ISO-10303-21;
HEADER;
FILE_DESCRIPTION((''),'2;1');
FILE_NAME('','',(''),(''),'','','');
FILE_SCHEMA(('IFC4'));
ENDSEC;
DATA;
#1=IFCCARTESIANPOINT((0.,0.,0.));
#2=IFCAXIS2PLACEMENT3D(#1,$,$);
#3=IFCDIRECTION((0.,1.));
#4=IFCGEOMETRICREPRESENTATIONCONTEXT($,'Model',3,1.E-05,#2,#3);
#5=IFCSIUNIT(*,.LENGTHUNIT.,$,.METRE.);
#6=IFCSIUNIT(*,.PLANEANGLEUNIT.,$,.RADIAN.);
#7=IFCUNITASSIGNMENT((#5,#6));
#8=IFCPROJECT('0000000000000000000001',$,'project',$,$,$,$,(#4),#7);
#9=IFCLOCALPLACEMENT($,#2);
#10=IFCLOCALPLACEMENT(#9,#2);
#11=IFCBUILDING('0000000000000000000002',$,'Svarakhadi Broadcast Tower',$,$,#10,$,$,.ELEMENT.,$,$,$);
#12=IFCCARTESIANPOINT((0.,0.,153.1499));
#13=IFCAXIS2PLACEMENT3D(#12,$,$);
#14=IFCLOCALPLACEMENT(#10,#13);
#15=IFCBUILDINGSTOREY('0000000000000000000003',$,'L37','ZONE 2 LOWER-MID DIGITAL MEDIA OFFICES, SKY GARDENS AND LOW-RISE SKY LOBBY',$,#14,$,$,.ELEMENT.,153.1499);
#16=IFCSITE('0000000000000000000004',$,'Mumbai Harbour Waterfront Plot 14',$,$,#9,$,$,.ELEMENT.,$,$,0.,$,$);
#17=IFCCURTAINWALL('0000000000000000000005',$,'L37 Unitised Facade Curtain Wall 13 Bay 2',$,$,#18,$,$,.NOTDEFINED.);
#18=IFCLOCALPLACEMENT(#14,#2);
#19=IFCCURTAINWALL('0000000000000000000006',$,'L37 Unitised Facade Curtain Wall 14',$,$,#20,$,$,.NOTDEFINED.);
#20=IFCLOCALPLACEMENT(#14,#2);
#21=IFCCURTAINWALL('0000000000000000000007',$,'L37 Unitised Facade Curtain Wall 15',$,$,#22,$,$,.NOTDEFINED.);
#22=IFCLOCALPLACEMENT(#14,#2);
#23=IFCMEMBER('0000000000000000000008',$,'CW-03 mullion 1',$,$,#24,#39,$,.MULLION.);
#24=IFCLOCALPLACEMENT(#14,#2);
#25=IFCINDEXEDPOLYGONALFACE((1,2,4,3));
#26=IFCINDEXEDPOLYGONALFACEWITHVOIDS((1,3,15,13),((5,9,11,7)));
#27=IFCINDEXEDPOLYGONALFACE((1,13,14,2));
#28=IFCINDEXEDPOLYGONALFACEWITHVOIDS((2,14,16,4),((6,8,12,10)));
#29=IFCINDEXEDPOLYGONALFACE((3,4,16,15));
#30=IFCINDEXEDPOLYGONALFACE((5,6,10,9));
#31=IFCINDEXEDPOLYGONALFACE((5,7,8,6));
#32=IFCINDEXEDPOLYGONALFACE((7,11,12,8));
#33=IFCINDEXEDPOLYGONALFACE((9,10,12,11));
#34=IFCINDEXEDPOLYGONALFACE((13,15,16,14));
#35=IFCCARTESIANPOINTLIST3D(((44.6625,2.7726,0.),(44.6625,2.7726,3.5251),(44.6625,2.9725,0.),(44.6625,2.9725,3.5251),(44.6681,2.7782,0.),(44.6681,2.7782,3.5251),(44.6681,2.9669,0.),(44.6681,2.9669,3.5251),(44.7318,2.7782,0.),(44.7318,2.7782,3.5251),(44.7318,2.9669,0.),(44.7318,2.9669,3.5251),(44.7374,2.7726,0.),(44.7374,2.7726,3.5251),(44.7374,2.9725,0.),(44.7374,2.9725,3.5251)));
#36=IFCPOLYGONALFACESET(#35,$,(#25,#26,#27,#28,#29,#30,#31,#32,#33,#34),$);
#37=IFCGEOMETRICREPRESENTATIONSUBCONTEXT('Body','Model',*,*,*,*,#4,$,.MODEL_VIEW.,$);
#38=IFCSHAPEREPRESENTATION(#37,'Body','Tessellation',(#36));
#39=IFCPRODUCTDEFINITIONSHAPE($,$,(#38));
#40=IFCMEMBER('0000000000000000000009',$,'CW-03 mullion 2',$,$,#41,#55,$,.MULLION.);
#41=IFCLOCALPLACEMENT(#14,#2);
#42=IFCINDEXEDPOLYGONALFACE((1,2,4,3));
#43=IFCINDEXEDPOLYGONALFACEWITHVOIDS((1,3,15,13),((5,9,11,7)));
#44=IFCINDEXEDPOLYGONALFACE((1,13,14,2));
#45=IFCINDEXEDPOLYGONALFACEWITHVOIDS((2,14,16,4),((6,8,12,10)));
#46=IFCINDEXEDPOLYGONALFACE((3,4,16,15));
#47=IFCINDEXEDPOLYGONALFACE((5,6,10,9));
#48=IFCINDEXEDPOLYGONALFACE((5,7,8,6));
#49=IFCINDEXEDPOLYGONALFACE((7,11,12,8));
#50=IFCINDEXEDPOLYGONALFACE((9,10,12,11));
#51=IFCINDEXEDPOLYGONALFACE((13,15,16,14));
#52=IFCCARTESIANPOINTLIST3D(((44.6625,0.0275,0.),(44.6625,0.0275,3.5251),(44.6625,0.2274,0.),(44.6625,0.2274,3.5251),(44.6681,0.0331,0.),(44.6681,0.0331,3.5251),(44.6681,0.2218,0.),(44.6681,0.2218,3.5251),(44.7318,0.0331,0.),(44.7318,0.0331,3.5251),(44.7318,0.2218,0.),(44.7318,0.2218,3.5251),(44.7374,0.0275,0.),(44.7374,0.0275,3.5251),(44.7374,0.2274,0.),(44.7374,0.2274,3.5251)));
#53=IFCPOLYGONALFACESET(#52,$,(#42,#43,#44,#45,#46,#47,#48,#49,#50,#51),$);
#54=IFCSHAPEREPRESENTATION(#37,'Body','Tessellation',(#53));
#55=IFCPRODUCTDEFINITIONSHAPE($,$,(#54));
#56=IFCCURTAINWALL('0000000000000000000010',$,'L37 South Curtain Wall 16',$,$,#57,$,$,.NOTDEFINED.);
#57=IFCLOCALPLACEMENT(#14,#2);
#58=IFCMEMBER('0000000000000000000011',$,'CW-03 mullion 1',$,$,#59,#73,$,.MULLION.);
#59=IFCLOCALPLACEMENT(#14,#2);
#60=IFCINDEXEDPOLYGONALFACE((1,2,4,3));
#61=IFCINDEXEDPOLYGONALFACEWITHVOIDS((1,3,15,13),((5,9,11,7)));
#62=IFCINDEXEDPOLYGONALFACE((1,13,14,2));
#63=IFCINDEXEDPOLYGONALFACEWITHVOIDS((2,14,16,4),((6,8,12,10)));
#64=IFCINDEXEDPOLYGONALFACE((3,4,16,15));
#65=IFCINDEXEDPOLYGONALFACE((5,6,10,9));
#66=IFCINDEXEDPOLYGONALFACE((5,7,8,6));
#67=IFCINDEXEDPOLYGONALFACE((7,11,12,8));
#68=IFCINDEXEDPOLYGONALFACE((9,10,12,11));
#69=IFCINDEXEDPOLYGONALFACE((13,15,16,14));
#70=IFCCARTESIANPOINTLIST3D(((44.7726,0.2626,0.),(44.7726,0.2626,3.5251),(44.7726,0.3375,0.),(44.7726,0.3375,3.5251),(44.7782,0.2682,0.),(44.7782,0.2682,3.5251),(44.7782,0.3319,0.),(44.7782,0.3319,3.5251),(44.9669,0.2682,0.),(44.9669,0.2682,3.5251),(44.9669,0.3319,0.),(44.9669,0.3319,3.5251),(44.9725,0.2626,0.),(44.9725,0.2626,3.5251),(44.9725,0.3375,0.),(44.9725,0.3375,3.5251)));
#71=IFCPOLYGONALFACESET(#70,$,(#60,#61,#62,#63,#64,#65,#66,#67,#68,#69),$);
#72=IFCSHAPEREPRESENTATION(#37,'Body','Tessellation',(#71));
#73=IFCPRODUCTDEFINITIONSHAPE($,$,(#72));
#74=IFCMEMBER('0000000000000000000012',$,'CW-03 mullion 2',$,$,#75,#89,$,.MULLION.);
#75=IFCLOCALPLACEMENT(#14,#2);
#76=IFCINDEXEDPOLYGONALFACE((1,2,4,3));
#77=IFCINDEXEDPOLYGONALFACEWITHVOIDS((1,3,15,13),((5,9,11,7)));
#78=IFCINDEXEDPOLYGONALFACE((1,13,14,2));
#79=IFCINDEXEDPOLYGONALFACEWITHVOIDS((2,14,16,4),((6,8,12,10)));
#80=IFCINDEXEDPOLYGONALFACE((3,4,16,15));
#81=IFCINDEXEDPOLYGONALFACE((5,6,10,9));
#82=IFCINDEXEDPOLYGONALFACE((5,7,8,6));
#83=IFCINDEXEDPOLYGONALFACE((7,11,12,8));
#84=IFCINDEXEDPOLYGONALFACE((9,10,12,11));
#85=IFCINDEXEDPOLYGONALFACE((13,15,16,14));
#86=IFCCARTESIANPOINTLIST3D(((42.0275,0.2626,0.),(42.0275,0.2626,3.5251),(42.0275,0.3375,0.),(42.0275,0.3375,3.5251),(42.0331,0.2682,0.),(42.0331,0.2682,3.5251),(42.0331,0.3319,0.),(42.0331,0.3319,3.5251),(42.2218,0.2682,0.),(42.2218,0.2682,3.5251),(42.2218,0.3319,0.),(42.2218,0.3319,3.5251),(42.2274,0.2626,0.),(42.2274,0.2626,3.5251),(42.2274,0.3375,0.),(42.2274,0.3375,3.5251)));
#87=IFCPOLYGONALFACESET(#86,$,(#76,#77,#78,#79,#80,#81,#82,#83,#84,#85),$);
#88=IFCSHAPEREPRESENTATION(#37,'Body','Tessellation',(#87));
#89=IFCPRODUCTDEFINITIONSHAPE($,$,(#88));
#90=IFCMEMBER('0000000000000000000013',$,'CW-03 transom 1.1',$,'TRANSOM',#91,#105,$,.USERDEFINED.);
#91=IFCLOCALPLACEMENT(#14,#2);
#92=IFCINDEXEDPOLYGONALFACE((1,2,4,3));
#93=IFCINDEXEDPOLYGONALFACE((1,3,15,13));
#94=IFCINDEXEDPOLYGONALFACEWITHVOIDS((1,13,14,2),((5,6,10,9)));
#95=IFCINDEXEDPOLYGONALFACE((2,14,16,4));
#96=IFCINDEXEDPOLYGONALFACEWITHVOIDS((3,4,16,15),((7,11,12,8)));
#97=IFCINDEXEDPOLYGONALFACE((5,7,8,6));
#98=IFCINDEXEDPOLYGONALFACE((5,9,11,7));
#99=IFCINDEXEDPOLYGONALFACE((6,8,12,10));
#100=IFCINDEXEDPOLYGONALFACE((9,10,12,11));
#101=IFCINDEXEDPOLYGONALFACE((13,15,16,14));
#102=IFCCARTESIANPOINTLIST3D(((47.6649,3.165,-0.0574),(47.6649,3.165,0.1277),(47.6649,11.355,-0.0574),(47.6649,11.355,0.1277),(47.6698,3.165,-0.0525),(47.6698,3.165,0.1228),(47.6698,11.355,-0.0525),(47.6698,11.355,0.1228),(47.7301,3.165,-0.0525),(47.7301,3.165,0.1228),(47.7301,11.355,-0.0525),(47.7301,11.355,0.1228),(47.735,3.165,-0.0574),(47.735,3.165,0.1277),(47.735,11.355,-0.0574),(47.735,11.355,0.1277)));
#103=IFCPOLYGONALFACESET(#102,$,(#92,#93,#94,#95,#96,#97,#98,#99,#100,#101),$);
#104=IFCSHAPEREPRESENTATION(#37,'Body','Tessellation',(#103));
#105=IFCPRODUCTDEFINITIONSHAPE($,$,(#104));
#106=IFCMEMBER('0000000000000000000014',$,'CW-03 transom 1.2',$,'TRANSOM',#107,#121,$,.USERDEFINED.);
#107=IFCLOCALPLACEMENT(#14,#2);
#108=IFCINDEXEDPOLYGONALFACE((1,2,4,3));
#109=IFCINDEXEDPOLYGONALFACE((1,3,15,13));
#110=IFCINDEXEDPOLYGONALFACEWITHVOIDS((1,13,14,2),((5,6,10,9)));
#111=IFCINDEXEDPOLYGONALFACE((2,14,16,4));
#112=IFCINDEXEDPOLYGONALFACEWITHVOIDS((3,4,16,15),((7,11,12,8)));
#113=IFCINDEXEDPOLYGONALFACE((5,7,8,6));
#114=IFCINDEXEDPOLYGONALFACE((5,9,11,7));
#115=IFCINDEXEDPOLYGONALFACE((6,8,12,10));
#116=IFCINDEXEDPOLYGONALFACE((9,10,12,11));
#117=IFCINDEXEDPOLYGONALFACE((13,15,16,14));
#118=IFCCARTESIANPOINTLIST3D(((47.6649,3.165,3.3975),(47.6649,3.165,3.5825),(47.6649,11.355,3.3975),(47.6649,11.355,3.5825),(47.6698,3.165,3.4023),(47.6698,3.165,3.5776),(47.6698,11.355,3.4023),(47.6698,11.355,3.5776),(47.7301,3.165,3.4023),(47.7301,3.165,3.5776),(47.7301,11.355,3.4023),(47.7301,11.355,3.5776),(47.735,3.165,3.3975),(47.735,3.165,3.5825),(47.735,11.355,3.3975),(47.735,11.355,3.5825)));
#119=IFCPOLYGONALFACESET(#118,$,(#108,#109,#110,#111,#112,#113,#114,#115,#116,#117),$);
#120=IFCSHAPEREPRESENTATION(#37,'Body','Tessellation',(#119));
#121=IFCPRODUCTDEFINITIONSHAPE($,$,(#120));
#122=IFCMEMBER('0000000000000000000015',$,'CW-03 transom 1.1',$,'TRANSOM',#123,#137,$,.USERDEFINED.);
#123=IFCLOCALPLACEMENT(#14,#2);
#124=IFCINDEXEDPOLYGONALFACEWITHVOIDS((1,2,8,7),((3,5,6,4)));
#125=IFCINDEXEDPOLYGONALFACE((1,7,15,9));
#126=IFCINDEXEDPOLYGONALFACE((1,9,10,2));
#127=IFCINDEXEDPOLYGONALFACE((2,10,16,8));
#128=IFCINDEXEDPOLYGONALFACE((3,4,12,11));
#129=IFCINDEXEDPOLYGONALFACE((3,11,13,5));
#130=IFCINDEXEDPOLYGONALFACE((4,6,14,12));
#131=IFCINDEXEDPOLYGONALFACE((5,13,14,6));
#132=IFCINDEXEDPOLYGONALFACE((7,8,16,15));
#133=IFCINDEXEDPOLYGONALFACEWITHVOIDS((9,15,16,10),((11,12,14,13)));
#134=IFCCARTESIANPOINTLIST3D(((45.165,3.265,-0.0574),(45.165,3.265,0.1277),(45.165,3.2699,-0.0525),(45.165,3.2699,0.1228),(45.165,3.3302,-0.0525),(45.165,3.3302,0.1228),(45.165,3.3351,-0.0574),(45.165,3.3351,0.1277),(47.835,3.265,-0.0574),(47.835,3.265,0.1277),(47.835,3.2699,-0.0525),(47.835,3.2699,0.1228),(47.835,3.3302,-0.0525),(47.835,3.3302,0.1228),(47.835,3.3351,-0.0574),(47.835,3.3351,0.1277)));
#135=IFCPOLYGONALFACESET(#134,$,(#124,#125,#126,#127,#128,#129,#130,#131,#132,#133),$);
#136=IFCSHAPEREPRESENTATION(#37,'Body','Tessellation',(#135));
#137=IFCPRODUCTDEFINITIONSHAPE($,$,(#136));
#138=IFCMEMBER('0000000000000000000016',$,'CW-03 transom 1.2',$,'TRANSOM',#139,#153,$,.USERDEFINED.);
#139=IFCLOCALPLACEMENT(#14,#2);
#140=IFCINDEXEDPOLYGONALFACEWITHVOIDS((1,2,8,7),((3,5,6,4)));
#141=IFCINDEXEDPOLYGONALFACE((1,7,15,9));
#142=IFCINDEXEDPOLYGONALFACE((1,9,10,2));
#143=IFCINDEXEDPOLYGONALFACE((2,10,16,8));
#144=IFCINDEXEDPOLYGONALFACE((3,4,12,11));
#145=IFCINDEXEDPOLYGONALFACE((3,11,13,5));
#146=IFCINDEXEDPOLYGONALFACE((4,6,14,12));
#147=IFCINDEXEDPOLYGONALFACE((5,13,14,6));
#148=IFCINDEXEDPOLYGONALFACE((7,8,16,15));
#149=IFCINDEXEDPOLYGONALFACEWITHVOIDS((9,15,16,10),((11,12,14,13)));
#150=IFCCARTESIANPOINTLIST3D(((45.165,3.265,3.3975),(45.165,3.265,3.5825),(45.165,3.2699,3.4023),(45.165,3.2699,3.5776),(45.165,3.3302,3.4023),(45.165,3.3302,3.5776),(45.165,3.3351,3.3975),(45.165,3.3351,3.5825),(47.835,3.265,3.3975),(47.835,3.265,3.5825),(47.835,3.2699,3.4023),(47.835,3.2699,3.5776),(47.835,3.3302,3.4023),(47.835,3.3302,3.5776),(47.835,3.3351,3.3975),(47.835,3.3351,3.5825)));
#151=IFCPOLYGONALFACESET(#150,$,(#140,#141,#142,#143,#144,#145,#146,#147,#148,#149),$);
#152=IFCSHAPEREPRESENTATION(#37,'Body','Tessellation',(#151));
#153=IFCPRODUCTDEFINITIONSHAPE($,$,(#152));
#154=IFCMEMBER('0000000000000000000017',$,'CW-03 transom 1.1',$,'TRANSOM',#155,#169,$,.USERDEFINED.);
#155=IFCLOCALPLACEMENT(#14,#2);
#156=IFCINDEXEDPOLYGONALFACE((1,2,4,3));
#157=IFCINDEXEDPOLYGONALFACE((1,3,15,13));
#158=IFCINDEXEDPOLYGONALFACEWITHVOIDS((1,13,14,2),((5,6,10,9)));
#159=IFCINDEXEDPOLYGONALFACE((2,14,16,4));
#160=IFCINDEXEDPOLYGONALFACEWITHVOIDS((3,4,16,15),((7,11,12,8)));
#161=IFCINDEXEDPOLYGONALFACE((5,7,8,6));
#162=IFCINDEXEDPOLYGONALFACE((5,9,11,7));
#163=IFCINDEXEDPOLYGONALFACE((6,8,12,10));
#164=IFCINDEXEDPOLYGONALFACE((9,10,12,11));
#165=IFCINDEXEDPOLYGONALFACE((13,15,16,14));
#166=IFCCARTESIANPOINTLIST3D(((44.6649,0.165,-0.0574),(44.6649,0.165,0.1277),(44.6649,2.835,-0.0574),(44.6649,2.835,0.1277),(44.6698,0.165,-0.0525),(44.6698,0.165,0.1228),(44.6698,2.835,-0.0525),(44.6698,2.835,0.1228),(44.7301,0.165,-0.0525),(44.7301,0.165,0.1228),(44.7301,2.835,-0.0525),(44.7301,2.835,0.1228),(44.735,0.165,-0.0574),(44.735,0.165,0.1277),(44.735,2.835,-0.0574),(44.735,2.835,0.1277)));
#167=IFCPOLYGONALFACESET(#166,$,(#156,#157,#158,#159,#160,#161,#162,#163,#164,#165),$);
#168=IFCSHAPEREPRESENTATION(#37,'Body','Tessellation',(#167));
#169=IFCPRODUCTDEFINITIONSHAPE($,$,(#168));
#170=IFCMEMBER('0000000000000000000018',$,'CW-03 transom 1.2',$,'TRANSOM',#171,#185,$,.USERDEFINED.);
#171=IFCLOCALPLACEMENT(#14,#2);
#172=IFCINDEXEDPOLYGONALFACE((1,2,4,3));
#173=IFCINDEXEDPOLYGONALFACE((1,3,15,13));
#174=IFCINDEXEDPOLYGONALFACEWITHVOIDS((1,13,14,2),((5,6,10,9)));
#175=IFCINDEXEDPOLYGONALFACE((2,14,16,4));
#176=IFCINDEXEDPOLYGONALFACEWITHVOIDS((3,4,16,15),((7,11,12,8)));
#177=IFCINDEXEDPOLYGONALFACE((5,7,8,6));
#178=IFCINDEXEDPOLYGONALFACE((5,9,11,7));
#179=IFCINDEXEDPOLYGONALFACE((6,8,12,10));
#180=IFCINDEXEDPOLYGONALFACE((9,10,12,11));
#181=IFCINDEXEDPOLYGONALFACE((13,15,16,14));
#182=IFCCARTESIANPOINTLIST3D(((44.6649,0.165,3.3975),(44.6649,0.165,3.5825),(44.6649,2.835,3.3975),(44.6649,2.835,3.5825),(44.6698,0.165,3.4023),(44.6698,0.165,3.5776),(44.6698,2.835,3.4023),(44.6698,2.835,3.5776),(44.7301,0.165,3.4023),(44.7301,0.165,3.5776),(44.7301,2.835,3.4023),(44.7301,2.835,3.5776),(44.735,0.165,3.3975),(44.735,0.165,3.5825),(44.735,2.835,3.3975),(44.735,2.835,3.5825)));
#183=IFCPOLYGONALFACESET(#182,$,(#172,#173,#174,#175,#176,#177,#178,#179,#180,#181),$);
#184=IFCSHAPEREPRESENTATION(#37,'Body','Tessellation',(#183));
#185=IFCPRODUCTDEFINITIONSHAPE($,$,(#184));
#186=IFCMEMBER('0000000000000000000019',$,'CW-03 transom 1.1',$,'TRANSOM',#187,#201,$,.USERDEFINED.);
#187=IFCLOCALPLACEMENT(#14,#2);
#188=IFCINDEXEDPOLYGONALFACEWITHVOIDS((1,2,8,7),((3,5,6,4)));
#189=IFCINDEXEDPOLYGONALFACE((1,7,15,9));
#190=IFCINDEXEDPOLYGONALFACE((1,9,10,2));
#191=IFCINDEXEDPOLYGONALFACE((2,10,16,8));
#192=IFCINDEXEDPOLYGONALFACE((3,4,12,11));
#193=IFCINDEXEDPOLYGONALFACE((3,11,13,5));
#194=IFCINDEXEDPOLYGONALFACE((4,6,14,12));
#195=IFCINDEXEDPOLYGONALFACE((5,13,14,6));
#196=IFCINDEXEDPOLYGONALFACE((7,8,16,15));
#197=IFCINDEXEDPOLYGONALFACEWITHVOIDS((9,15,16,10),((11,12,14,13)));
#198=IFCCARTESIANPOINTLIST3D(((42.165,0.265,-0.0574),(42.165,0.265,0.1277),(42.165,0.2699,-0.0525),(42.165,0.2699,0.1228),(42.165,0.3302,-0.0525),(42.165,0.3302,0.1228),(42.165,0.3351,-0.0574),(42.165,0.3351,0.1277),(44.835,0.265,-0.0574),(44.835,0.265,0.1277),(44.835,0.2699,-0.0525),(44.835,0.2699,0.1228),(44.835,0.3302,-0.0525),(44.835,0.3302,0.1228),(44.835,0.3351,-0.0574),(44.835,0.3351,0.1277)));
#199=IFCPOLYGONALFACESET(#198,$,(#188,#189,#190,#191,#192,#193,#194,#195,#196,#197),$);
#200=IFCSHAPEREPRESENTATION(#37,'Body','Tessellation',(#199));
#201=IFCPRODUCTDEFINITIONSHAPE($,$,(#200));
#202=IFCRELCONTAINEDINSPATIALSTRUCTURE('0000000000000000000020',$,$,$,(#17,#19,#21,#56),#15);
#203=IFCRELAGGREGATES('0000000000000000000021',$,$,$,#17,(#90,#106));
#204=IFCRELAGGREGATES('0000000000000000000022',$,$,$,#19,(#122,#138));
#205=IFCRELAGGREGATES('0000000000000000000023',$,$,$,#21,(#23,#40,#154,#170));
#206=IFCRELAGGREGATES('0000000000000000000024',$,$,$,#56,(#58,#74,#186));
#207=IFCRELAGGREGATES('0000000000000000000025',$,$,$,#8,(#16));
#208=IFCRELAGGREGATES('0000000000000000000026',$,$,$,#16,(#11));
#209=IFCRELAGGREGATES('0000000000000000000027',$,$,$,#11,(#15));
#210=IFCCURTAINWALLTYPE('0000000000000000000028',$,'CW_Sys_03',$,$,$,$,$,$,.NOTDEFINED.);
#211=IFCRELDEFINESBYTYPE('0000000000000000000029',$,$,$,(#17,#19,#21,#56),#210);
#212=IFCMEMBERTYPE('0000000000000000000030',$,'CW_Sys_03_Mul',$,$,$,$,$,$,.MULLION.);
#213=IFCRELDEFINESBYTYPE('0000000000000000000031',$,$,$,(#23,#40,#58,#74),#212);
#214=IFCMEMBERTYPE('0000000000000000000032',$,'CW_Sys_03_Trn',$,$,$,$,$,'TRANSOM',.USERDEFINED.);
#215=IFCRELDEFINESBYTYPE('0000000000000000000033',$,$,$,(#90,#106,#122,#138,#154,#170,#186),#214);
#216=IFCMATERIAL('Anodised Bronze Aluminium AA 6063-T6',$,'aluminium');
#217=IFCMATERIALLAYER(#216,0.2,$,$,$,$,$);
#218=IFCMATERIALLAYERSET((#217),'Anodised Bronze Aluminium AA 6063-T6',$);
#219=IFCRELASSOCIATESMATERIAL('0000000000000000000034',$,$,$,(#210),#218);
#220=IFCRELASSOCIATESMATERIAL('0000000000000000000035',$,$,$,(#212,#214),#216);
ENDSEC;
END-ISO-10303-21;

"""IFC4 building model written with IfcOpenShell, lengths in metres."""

from ifc_helpers import new_model, si_unit, direction, frame, origin, origin_2d, place, context, subcontext, project, spatial, hollow_rectangle, extrude, material, layer, layer_set, material_profile, profile_set, type_object, element, aggregate, save


model = new_model("IFC4")

# Units and contexts
model_context = context("Model", 3, precision=1e-05, world=origin(), true_north=direction((0.0, 1.0)))
body_context = subcontext(model_context, "Body", "Model", "MODEL_VIEW")
ifc_project = project(units=[si_unit("LENGTHUNIT", "METRE"), si_unit("PLANEANGLEUNIT", "RADIAN")], contexts=[model_context])

# Site, building, storey
site_placement = place(None, origin())
site = spatial("IfcSite", under=ifc_project, at=site_placement, Name="Mumbai Harbour Waterfront Plot 14", CompositionType="ELEMENT", RefElevation=0.0)
building_placement = place(site_placement, origin())
building = spatial("IfcBuilding", under=site, at=building_placement, Name="Svarakhadi Broadcast Tower", CompositionType="ELEMENT")
storey_placement = place(building_placement, frame((0.0, 0.0, 153.1499)))
storey = spatial("IfcBuildingStorey", under=building, at=storey_placement, Name="L37", Description="ZONE 2 LOWER-MID DIGITAL MEDIA OFFICES, SKY GARDENS AND LOW-RISE SKY LOBBY", CompositionType="ELEMENT", Elevation=153.1499)

# Curtain walls, members
ifc_material_1 = material(Name="Anodised Bronze Aluminium AA 6063-T6", Category="aluminium")
ifc_layer_1 = layer(ifc_material_1, 0.2)
ifc_layer_set_1 = layer_set([ifc_layer_1], Name="Anodised Bronze Aluminium AA 6063-T6")
curtain_wall_type = type_object("IfcCurtainWallType", Name="CW_Sys_03", PredefinedType="NOTDEFINED", material=ifc_layer_set_1)
curtain_wall_1_placement = place(storey_placement, origin())
curtain_wall_1 = element("IfcCurtainWall", 1, at=curtain_wall_1_placement, inside=storey, type_object=curtain_wall_type, Name="L37 Unitised Facade Curtain Wall 13 Bay 2", PredefinedType="NOTDEFINED")
ifc_material_profile_1 = material_profile(ifc_material_1, hollow_rectangle(XDim=0.075, YDim=0.2, WallThickness=0.0056, at=origin_2d()), Name="ALU MULLION 200x75x6")
ifc_profile_set_1 = profile_set([ifc_material_profile_1], Name="Anodised Bronze Aluminium AA 6063-T6")
member_type_1 = type_object("IfcMemberType", Name="CW_Sys_03_Mul", PredefinedType="MULLION", material=ifc_profile_set_1)
curtain_wall_2_placement = place(storey_placement, origin())
curtain_wall_2 = element("IfcCurtainWall", 2, at=curtain_wall_2_placement, inside=storey, type_object=curtain_wall_type, Name="L37 Unitised Facade Curtain Wall 14", PredefinedType="NOTDEFINED")
curtain_wall_3_placement = place(storey_placement, origin())
curtain_wall_3 = element("IfcCurtainWall", 3, at=curtain_wall_3_placement, inside=storey, type_object=curtain_wall_type, Name="L37 Unitised Facade Curtain Wall 15", PredefinedType="NOTDEFINED")
member_1_placement = place(storey_placement, frame((44.7, 2.8726, 0.0), z_axis=(0.0, 0.0, 1.0), x_axis=(1.0, 0.0, 0.0)))
member_1 = element("IfcMember", 4, at=member_1_placement, type_object=member_type_1, Name="CW-03 mullion 1", PredefinedType="MULLION", context=body_context, shape_type="SweptSolid", body=[
    extrude(hollow_rectangle(XDim=0.075, YDim=0.2, WallThickness=0.0056, at=origin_2d()), origin(), (0.0, 0.0, 1.0), 3.5251),
])
member_2_placement = place(storey_placement, frame((44.7, 0.1274, 0.0), z_axis=(0.0, 0.0, 1.0), x_axis=(1.0, 0.0, 0.0)))
member_2 = element("IfcMember", 5, at=member_2_placement, type_object=member_type_1, Name="CW-03 mullion 2", PredefinedType="MULLION", context=body_context, shape_type="SweptSolid", body=[
    extrude(hollow_rectangle(XDim=0.075, YDim=0.2, WallThickness=0.0056, at=origin_2d()), origin(), (0.0, 0.0, 1.0), 3.5251),
])
curtain_wall_4_placement = place(storey_placement, origin())
curtain_wall_4 = element("IfcCurtainWall", 6, at=curtain_wall_4_placement, inside=storey, type_object=curtain_wall_type, Name="L37 South Curtain Wall 16", PredefinedType="NOTDEFINED")
member_3_placement = place(storey_placement, frame((44.8726, 0.3, 0.0), z_axis=(0.0, 0.0, 1.0), x_axis=(0.0, -1.0, 0.0)))
member_3 = element("IfcMember", 7, at=member_3_placement, type_object=member_type_1, Name="CW-03 mullion 1", PredefinedType="MULLION", context=body_context, shape_type="SweptSolid", body=[
    extrude(hollow_rectangle(XDim=0.075, YDim=0.2, WallThickness=0.0056, at=origin_2d()), origin(), (0.0, 0.0, 1.0), 3.5251),
])
member_4_placement = place(storey_placement, frame((42.1274, 0.3, 0.0), z_axis=(0.0, 0.0, 1.0), x_axis=(0.0, -1.0, 0.0)))
member_4 = element("IfcMember", 8, at=member_4_placement, type_object=member_type_1, Name="CW-03 mullion 2", PredefinedType="MULLION", context=body_context, shape_type="SweptSolid", body=[
    extrude(hollow_rectangle(XDim=0.075, YDim=0.2, WallThickness=0.0056, at=origin_2d()), origin(), (0.0, 0.0, 1.0), 3.5251),
])

# Members
ifc_material_profile_2 = material_profile(ifc_material_1, hollow_rectangle(XDim=0.0701, YDim=0.1851, WallThickness=0.0049, at=origin_2d()), Name="ALU TRANSOM 185x70x5")
ifc_profile_set_2 = profile_set([ifc_material_profile_2], Name="Anodised Bronze Aluminium AA 6063-T6")
member_type_2 = type_object("IfcMemberType", Name="CW_Sys_03_Trn", ElementType="TRANSOM", PredefinedType="USERDEFINED", material=ifc_profile_set_2)
member_5_placement = place(storey_placement, frame((47.7, 11.355, 0.0352), z_axis=(0.0, -1.0, 0.0), x_axis=(1.0, 0.0, 0.0)))
member_5 = element("IfcMember", 9, at=member_5_placement, type_object=member_type_2, Name="CW-03 transom 1.1", ObjectType="TRANSOM", PredefinedType="USERDEFINED", context=body_context, shape_type="SweptSolid", body=[
    extrude(hollow_rectangle(XDim=0.0701, YDim=0.1851, WallThickness=0.0049, at=origin_2d()), origin(), (0.0, 0.0, 1.0), 8.1899),
])
member_6_placement = place(storey_placement, frame((47.7, 11.355, 3.49), z_axis=(0.0, -1.0, 0.0), x_axis=(1.0, 0.0, 0.0)))
member_6 = element("IfcMember", 10, at=member_6_placement, type_object=member_type_2, Name="CW-03 transom 1.2", ObjectType="TRANSOM", PredefinedType="USERDEFINED", context=body_context, shape_type="SweptSolid", body=[
    extrude(hollow_rectangle(XDim=0.0701, YDim=0.1851, WallThickness=0.0049, at=origin_2d()), origin(), (0.0, 0.0, 1.0), 8.1899),
])
member_7_placement = place(storey_placement, frame((47.835, 3.3, 0.0352), z_axis=(-1.0, 0.0, 0.0), x_axis=(0.0, -1.0, 0.0)))
member_7 = element("IfcMember", 11, at=member_7_placement, type_object=member_type_2, Name="CW-03 transom 1.1", ObjectType="TRANSOM", PredefinedType="USERDEFINED", context=body_context, shape_type="SweptSolid", body=[
    extrude(hollow_rectangle(XDim=0.0701, YDim=0.1851, WallThickness=0.0049, at=origin_2d()), origin(), (0.0, 0.0, 1.0), 2.6699),
])
member_8_placement = place(storey_placement, frame((47.835, 3.3, 3.49), z_axis=(-1.0, 0.0, 0.0), x_axis=(0.0, -1.0, 0.0)))
member_8 = element("IfcMember", 12, at=member_8_placement, type_object=member_type_2, Name="CW-03 transom 1.2", ObjectType="TRANSOM", PredefinedType="USERDEFINED", context=body_context, shape_type="SweptSolid", body=[
    extrude(hollow_rectangle(XDim=0.0701, YDim=0.1851, WallThickness=0.0049, at=origin_2d()), origin(), (0.0, 0.0, 1.0), 2.6699),
])
member_9_placement = place(storey_placement, frame((44.7, 2.835, 0.0352), z_axis=(0.0, -1.0, 0.0), x_axis=(1.0, 0.0, 0.0)))
member_9 = element("IfcMember", 13, at=member_9_placement, type_object=member_type_2, Name="CW-03 transom 1.1", ObjectType="TRANSOM", PredefinedType="USERDEFINED", context=body_context, shape_type="SweptSolid", body=[
    extrude(hollow_rectangle(XDim=0.0701, YDim=0.1851, WallThickness=0.0049, at=origin_2d()), origin(), (0.0, 0.0, 1.0), 2.6699),
])
member_10_placement = place(storey_placement, frame((44.7, 2.835, 3.49), z_axis=(0.0, -1.0, 0.0), x_axis=(1.0, 0.0, 0.0)))
member_10 = element("IfcMember", 14, at=member_10_placement, type_object=member_type_2, Name="CW-03 transom 1.2", ObjectType="TRANSOM", PredefinedType="USERDEFINED", context=body_context, shape_type="SweptSolid", body=[
    extrude(hollow_rectangle(XDim=0.0701, YDim=0.1851, WallThickness=0.0049, at=origin_2d()), origin(), (0.0, 0.0, 1.0), 2.6699),
])
member_11_placement = place(storey_placement, frame((44.835, 0.3, 0.0352), z_axis=(-1.0, 0.0, 0.0), x_axis=(0.0, -1.0, 0.0)))
member_11 = element("IfcMember", 15, at=member_11_placement, type_object=member_type_2, Name="CW-03 transom 1.1", ObjectType="TRANSOM", PredefinedType="USERDEFINED", context=body_context, shape_type="SweptSolid", body=[
    extrude(hollow_rectangle(XDim=0.0701, YDim=0.1851, WallThickness=0.0049, at=origin_2d()), origin(), (0.0, 0.0, 1.0), 2.6699),
])

aggregate(curtain_wall_1, [member_5, member_6])
aggregate(curtain_wall_2, [member_7, member_8])
aggregate(curtain_wall_3, [member_1, member_2, member_9, member_10])
aggregate(curtain_wall_4, [member_3, member_4, member_11])

save(model, "model.ifc")
